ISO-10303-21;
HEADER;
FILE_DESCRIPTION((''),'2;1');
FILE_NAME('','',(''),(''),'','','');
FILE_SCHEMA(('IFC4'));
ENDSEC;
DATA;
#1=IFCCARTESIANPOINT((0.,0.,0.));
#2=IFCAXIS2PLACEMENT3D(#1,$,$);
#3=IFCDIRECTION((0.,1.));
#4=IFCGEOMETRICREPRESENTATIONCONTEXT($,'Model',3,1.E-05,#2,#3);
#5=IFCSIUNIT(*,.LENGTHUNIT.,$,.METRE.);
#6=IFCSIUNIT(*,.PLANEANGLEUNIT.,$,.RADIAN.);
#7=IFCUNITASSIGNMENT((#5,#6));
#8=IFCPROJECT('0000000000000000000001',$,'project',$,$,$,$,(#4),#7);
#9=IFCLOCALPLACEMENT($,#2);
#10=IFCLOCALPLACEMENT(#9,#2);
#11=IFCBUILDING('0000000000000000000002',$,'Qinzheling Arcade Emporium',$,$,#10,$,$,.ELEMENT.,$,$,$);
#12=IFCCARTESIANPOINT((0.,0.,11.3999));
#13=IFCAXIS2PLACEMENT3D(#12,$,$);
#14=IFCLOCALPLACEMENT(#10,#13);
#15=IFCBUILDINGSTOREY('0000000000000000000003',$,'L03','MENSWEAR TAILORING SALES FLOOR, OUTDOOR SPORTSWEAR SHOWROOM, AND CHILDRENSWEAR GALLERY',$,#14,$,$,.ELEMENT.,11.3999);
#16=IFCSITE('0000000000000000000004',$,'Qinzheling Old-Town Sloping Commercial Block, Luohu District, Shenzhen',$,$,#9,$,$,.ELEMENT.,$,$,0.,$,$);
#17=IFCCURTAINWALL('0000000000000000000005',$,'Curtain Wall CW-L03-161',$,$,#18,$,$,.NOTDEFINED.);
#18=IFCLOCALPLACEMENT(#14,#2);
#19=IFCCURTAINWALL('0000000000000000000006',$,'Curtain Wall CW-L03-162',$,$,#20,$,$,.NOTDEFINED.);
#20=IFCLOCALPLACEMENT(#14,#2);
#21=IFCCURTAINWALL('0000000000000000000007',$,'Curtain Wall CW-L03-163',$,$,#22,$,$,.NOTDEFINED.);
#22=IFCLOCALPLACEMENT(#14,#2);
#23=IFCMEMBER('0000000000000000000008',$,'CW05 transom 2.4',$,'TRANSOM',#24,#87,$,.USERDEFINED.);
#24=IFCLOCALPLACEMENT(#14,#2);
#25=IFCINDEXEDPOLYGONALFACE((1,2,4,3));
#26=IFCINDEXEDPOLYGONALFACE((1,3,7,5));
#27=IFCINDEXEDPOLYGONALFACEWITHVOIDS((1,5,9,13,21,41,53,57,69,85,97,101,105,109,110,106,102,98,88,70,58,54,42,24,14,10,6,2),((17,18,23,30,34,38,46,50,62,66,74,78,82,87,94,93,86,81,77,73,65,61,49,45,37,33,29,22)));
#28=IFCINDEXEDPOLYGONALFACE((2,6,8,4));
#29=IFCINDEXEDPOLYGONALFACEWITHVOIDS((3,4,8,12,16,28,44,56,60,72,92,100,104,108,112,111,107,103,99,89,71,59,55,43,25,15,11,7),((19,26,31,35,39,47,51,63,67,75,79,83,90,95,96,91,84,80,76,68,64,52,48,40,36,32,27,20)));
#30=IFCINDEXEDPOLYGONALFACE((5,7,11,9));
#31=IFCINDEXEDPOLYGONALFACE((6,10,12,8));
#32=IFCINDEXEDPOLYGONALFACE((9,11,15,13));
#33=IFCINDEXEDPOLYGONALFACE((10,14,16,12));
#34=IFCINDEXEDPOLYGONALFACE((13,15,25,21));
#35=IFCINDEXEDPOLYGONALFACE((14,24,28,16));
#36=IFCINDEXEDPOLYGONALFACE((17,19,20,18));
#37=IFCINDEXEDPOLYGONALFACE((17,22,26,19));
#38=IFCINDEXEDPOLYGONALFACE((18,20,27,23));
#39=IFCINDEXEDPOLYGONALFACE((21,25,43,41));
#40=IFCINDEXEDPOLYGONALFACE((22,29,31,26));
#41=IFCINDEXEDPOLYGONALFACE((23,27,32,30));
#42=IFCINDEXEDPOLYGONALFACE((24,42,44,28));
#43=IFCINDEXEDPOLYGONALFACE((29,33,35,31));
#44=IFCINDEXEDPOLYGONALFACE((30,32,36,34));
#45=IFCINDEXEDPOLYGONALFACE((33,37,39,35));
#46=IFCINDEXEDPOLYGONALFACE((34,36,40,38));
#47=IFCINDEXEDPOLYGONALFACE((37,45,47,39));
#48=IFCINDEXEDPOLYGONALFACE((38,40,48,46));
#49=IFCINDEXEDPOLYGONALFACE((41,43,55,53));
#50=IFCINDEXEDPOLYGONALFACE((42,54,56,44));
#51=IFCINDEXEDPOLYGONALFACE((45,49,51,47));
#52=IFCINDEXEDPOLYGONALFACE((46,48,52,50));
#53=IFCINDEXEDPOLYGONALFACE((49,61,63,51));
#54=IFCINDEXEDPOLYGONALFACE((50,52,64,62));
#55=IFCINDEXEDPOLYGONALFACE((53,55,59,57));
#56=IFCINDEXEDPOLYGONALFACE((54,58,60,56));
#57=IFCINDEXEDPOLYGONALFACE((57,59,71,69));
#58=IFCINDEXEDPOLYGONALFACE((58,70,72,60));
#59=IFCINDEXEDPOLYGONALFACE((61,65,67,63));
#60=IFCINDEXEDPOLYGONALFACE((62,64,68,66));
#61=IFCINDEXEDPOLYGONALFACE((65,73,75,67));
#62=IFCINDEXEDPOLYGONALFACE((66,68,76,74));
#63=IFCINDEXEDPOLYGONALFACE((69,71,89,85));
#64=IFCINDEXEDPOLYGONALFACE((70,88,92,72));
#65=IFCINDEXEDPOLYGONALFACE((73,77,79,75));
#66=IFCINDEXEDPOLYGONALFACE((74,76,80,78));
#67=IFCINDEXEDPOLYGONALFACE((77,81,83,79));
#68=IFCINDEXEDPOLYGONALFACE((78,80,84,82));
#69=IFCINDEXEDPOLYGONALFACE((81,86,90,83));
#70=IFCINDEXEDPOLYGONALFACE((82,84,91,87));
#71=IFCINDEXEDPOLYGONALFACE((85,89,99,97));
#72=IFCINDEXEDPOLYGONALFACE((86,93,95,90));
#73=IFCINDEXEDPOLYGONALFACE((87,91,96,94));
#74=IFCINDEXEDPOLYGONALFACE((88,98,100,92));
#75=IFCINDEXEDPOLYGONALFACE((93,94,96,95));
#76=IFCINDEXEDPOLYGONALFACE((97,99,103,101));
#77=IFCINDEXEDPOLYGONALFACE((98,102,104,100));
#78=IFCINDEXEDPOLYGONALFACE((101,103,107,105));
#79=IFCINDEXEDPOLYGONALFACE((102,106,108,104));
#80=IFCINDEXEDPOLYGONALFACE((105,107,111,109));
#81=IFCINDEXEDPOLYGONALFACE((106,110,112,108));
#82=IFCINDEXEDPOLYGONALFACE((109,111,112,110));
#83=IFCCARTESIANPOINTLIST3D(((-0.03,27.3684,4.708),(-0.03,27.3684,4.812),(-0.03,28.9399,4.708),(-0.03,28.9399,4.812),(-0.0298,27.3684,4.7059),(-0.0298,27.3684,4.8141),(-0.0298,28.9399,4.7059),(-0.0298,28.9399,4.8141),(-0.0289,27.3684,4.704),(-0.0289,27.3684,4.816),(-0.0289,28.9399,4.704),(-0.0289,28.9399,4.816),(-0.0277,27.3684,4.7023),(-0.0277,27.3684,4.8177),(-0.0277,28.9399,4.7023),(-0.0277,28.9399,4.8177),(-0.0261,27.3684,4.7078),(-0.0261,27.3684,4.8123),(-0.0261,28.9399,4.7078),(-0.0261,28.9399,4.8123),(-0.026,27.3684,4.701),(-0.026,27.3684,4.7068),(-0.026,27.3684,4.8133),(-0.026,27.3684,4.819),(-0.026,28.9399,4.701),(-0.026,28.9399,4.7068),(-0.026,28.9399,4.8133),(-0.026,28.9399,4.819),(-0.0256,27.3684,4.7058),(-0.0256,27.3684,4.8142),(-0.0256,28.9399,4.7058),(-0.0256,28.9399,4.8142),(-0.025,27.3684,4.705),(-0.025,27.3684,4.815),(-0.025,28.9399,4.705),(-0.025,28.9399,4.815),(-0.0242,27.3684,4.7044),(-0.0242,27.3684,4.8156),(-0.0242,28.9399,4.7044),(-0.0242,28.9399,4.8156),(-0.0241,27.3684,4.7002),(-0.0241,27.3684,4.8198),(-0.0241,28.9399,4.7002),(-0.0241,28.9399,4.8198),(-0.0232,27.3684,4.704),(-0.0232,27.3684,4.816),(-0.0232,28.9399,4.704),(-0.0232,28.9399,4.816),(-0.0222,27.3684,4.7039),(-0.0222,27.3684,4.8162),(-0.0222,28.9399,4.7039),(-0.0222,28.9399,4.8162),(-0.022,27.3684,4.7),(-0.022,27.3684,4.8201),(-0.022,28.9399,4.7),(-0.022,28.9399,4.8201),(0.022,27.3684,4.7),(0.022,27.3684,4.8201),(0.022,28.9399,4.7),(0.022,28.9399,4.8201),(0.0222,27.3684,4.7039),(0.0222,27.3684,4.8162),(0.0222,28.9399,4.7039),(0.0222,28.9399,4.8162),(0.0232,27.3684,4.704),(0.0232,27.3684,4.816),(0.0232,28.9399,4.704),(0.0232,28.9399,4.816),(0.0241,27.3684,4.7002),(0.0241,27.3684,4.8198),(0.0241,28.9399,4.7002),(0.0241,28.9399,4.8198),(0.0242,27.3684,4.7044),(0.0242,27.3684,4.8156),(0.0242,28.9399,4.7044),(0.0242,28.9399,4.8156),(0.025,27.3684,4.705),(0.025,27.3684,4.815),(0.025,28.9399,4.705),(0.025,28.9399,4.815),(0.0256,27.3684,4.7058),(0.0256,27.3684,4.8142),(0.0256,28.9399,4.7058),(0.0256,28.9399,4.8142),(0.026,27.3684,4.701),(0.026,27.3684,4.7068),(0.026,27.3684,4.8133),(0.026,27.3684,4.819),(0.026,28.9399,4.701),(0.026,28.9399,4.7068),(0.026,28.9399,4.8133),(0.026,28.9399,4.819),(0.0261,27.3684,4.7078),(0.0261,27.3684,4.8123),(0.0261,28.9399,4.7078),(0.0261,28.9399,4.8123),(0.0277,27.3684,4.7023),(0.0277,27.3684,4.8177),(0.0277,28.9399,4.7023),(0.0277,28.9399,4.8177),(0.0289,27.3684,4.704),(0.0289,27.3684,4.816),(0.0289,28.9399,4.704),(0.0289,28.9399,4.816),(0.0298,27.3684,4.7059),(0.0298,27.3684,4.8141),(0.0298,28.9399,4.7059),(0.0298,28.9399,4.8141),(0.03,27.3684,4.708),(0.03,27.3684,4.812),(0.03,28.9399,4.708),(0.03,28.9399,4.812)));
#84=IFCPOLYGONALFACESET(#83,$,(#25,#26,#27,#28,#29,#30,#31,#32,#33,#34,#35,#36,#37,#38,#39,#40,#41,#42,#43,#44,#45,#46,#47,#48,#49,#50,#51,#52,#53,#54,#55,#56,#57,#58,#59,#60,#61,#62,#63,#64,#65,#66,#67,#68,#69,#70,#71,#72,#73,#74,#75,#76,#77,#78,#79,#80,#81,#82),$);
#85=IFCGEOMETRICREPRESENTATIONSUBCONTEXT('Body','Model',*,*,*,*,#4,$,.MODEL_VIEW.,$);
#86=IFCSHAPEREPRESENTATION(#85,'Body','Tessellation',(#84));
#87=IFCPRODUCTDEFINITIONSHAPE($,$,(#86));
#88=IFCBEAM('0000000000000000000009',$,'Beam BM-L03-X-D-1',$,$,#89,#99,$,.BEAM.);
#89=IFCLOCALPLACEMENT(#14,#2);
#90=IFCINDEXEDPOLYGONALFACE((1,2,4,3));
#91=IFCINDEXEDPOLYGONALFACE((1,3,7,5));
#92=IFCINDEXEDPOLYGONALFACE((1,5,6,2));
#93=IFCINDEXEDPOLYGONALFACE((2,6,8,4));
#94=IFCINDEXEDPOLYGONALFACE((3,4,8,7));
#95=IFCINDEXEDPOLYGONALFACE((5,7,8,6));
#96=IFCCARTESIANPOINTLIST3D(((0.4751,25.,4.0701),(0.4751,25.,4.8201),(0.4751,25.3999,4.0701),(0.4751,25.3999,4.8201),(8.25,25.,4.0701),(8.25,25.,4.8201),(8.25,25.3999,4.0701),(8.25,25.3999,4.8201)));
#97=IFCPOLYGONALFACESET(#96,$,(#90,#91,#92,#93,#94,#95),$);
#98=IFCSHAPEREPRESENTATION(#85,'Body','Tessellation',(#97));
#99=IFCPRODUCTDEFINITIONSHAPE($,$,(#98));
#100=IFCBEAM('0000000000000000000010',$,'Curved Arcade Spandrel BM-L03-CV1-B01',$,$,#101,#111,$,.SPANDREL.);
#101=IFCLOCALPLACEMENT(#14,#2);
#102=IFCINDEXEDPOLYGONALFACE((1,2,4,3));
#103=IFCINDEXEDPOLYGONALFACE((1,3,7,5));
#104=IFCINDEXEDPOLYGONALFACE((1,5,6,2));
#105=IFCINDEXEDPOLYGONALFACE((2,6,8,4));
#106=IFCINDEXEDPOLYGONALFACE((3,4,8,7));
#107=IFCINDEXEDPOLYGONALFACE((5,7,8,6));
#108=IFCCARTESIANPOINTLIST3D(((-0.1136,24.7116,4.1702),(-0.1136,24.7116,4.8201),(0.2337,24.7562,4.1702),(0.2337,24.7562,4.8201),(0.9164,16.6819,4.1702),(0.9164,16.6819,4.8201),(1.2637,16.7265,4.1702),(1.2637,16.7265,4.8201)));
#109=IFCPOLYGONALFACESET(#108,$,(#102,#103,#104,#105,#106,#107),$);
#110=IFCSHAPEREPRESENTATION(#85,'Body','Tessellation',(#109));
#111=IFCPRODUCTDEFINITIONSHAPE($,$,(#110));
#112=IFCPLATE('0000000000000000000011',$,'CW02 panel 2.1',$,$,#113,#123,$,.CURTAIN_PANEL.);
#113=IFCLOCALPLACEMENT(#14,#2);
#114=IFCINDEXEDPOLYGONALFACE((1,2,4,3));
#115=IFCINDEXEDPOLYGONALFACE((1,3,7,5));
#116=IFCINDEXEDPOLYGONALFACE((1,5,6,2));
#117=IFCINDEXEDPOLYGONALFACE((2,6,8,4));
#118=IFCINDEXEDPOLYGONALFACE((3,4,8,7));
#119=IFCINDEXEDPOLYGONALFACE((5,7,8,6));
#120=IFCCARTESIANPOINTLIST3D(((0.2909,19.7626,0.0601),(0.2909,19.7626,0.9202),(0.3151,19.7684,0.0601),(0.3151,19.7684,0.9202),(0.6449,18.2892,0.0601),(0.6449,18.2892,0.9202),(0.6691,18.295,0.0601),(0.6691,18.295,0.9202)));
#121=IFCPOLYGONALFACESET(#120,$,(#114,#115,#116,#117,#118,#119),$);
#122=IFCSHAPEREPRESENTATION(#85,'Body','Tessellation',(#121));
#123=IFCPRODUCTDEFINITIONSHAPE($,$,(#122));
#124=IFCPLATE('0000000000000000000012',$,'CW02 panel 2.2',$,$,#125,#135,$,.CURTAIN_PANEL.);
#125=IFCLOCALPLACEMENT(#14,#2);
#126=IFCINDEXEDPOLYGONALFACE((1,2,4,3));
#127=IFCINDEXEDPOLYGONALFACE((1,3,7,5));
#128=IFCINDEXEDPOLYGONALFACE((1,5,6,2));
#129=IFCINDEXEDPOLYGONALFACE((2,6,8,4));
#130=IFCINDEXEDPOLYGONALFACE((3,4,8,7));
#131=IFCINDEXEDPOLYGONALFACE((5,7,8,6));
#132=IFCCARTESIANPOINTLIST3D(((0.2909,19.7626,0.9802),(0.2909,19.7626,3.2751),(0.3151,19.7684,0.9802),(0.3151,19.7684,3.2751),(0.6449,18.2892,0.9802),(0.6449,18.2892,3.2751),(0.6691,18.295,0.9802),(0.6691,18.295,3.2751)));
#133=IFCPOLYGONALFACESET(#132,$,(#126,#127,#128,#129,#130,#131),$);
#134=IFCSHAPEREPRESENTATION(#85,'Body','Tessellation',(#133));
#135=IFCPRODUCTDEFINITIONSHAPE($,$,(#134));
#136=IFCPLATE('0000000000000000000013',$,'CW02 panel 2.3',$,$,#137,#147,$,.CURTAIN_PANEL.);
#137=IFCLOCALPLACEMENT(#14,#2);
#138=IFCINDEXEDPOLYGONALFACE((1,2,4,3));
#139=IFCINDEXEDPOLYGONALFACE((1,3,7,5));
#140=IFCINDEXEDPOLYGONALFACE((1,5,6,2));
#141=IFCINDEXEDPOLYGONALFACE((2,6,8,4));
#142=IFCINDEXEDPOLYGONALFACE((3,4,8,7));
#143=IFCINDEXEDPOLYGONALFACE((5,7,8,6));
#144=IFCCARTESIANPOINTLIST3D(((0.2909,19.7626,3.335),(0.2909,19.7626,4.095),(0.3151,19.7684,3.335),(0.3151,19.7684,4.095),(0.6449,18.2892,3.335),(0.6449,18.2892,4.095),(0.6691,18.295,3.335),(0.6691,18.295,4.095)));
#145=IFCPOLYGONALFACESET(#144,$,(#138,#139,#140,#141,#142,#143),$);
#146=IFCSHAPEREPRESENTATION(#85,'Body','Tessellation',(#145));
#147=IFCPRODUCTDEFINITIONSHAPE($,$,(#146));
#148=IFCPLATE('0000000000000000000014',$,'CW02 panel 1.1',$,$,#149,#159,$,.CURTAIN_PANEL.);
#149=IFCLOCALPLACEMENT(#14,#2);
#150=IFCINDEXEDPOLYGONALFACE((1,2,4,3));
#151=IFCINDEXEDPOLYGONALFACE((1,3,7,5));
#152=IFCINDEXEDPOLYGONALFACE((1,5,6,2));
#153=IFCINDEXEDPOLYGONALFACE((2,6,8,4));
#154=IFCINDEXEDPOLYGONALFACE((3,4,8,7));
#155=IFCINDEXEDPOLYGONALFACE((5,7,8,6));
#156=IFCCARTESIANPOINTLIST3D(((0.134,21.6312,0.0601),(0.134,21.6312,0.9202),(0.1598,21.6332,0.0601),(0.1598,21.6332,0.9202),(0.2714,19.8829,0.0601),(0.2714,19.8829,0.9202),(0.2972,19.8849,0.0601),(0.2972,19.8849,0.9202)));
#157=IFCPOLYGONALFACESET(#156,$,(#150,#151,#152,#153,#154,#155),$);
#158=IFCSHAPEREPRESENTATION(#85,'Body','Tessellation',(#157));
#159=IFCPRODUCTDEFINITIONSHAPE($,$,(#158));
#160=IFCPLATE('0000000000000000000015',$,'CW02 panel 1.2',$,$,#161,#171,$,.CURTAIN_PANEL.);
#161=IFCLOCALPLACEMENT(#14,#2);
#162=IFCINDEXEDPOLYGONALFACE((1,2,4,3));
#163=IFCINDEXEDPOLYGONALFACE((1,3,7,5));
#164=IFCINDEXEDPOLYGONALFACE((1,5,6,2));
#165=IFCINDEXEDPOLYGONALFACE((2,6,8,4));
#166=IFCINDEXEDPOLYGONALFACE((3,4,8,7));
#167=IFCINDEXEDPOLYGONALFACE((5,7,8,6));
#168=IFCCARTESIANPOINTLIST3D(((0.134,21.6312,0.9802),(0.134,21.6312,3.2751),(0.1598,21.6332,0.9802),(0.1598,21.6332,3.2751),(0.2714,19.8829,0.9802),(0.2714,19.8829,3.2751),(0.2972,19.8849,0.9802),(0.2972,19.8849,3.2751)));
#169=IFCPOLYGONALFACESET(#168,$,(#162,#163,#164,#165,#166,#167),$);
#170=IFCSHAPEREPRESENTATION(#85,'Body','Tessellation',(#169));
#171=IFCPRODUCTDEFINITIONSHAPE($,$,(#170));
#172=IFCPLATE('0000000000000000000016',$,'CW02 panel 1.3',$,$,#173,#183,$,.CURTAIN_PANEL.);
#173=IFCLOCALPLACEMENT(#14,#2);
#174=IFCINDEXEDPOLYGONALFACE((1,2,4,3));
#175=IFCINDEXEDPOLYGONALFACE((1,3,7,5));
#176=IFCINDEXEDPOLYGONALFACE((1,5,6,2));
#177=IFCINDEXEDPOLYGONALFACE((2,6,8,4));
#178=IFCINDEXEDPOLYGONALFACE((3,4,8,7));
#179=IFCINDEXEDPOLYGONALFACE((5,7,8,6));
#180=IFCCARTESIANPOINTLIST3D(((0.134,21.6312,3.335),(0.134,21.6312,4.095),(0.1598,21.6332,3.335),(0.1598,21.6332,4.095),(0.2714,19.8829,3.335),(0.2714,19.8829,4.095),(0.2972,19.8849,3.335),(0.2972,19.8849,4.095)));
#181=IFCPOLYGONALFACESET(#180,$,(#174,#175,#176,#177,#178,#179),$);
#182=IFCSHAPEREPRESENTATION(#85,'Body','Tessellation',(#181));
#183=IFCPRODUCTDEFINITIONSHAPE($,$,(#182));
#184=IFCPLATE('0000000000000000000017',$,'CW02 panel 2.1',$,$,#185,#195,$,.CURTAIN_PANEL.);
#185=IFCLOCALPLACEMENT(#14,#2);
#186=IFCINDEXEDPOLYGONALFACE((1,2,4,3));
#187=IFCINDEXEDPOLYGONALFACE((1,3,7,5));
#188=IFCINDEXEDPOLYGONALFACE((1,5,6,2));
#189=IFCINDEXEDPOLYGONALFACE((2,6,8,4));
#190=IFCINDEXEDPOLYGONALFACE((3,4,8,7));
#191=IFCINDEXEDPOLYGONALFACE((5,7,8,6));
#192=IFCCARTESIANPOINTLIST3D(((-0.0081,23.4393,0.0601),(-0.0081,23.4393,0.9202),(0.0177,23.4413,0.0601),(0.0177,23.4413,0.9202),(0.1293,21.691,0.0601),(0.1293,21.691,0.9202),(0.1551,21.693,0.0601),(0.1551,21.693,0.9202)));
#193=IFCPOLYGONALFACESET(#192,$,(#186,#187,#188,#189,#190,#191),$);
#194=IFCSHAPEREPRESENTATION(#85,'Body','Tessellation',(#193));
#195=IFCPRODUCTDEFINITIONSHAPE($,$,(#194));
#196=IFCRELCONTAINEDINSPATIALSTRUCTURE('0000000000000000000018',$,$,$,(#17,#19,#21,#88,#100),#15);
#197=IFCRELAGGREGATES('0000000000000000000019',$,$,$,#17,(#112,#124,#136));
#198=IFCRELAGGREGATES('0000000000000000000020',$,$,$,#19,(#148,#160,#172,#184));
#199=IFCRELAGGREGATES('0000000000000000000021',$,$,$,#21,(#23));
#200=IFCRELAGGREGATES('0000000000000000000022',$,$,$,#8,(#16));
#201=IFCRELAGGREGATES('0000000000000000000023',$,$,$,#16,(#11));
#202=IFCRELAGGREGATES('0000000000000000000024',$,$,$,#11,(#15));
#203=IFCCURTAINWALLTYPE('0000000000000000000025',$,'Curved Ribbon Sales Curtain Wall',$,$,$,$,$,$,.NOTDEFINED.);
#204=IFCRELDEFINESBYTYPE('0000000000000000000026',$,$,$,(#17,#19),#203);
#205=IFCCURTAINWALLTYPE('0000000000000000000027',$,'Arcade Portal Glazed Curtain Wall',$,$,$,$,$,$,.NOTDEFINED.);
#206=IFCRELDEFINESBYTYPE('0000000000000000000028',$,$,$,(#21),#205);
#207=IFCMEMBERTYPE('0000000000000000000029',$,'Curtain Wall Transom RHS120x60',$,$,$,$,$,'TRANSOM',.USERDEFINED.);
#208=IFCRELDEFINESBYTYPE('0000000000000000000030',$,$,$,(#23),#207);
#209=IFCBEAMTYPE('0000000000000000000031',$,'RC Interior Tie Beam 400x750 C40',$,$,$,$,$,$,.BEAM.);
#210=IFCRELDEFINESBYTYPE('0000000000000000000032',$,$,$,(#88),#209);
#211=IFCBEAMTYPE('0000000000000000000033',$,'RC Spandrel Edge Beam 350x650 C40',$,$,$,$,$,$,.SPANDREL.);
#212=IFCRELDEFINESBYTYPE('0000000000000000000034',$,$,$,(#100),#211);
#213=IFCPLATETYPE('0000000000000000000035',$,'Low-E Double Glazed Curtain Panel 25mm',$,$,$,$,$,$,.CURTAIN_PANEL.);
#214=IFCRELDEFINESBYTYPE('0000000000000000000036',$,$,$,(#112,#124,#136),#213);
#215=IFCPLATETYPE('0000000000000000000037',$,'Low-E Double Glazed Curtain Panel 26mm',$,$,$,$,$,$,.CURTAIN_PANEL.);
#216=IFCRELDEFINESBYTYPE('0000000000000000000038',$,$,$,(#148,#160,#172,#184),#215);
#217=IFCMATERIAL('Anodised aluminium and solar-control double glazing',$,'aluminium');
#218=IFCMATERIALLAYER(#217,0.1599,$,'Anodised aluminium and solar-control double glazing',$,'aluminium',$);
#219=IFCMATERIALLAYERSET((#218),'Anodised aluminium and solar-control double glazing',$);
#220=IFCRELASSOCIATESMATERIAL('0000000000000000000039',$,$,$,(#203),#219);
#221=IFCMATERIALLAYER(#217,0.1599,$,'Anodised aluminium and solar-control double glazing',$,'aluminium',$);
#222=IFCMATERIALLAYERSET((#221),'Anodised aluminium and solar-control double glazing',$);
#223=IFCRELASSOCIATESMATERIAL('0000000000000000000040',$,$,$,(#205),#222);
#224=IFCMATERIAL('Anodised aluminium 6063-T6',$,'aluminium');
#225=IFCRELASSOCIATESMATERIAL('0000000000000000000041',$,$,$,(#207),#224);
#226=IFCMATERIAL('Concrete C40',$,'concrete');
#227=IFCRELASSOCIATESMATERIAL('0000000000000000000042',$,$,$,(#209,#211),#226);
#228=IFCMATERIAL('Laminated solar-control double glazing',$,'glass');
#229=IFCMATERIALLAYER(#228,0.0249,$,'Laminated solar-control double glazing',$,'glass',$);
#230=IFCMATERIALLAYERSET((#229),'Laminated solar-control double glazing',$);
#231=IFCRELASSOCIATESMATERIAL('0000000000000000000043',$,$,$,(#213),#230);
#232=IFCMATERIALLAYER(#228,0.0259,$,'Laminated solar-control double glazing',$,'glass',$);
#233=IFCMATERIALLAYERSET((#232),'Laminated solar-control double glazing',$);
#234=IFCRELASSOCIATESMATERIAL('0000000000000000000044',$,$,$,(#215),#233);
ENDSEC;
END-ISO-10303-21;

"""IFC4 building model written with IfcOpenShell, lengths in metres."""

from ifc_helpers import new_model, si_unit, direction, frame, origin, origin_2d, place, context, subcontext, project, spatial, rectangle, hollow_rectangle, extrude, material, layer, layer_set, material_profile, profile_set, type_object, element, aggregate, save


model = new_model("IFC4")

# Units and contexts
model_context = context("Model", 3, precision=1e-05, world=origin(), true_north=direction((0.0, 1.0)))
body_context = subcontext(model_context, "Body", "Model", "MODEL_VIEW")
ifc_project = project(units=[si_unit("LENGTHUNIT", "METRE"), si_unit("PLANEANGLEUNIT", "RADIAN")], contexts=[model_context])

# Site, building, storey
site_placement = place(None, origin())
site = spatial("IfcSite", under=ifc_project, at=site_placement, Name="Qinzheling Old-Town Sloping Commercial Block, Luohu District, Shenzhen", CompositionType="ELEMENT", RefElevation=0.0)
building_placement = place(site_placement, origin())
building = spatial("IfcBuilding", under=site, at=building_placement, Name="Qinzheling Arcade Emporium", CompositionType="ELEMENT")
storey_placement = place(building_placement, frame((0.0, 0.0, 11.3999)))
storey = spatial("IfcBuildingStorey", under=building, at=storey_placement, Name="L03", Description="MENSWEAR TAILORING SALES FLOOR, OUTDOOR SPORTSWEAR SHOWROOM, AND CHILDRENSWEAR GALLERY", CompositionType="ELEMENT", Elevation=11.3999)

# Curtain wall
ifc_material_1 = material(Name="Anodised aluminium and solar-control double glazing", Category="aluminium")
ifc_layer_1 = layer(ifc_material_1, 0.1599, Name="Anodised aluminium and solar-control double glazing", Category="aluminium")
ifc_layer_set_1 = layer_set([ifc_layer_1], Name="Anodised aluminium and solar-control double glazing")
curtain_wall_type_1 = type_object("IfcCurtainWallType", Name="Curved Ribbon Sales Curtain Wall", PredefinedType="NOTDEFINED", material=ifc_layer_set_1)
curtain_wall_1_placement = place(storey_placement, origin())
curtain_wall_1 = element("IfcCurtainWall", 1, at=curtain_wall_1_placement, inside=storey, type_object=curtain_wall_type_1, Name="Curtain Wall CW-L03-161", PredefinedType="NOTDEFINED")
ifc_material_2 = material(Name="Anodised aluminium 6063-T6", Category="aluminium")

# Curtain walls
curtain_wall_2_placement = place(storey_placement, origin())
curtain_wall_2 = element("IfcCurtainWall", 2, at=curtain_wall_2_placement, inside=storey, type_object=curtain_wall_type_1, Name="Curtain Wall CW-L03-162", PredefinedType="NOTDEFINED")
ifc_layer_2 = layer(ifc_material_1, 0.1599, Name="Anodised aluminium and solar-control double glazing", Category="aluminium")
ifc_layer_set_2 = layer_set([ifc_layer_2], Name="Anodised aluminium and solar-control double glazing")
curtain_wall_type_2 = type_object("IfcCurtainWallType", Name="Arcade Portal Glazed Curtain Wall", PredefinedType="NOTDEFINED", material=ifc_layer_set_2)
curtain_wall_3_placement = place(storey_placement, origin())
curtain_wall_3 = element("IfcCurtainWall", 3, at=curtain_wall_3_placement, inside=storey, type_object=curtain_wall_type_2, Name="Curtain Wall CW-L03-163", PredefinedType="NOTDEFINED")

# Member
ifc_material_profile_1 = material_profile(ifc_material_2, hollow_rectangle(XDim=0.0601, YDim=0.1201, WallThickness=0.0039, InnerFilletRadius=0.0039, OuterFilletRadius=0.0081, at=origin_2d()), Name="RHS 120x60x4", Category="aluminium")
ifc_profile_set_1 = profile_set([ifc_material_profile_1], Name="Anodised aluminium 6063-T6")
member_type_1 = type_object("IfcMemberType", Name="Curtain Wall Transom RHS120x60", ElementType="TRANSOM", PredefinedType="USERDEFINED", material=ifc_profile_set_1)
member_1_placement = place(storey_placement, frame((0.0, 27.3684, 4.76), z_axis=(0.0, 1.0, 0.0), x_axis=(-1.0, 0.0, 0.0)))
member_1 = element("IfcMember", 4, at=member_1_placement, type_object=member_type_1, Name="CW05 transom 2.4", ObjectType="TRANSOM", PredefinedType="USERDEFINED", context=body_context, shape_type="SweptSolid", body=[
    extrude(hollow_rectangle(XDim=0.0601, YDim=0.1201, WallThickness=0.0039, InnerFilletRadius=0.0039, OuterFilletRadius=0.0081, at=origin_2d()), origin(), (0.0, 0.0, 1.0), 1.5715),
])

# Beams
ifc_material_3 = material(Name="Concrete C40", Category="concrete")
ifc_material_profile_2 = material_profile(ifc_material_3, rectangle(XDim=0.3999, YDim=0.75, at=origin_2d()), Name="RC 400x750", Category="concrete")
ifc_profile_set_2 = profile_set([ifc_material_profile_2], Name="Concrete C40")
beam_type_1 = type_object("IfcBeamType", Name="RC Interior Tie Beam 400x750 C40", PredefinedType="BEAM", material=ifc_profile_set_2)
beam_1_placement = place(storey_placement, frame((0.4751, 25.2, 4.4451), z_axis=(1.0, 0.0, 0.0), x_axis=(0.0, 1.0, 0.0)))
element("IfcBeam", 5, at=beam_1_placement, inside=storey, type_object=beam_type_1, Name="Beam BM-L03-X-D-1", PredefinedType="BEAM", context=body_context, shape_type="SweptSolid", body=[
    extrude(rectangle(XDim=0.3999, YDim=0.75, at=origin_2d()), origin(), (0.0, 0.0, 1.0), 7.7749),
])
ifc_material_profile_3 = material_profile(ifc_material_3, rectangle(XDim=0.3501, YDim=0.6499, at=origin_2d()), Name="RC 350x650", Category="concrete")
ifc_profile_set_3 = profile_set([ifc_material_profile_3], Name="Concrete C40")
beam_type_2 = type_object("IfcBeamType", Name="RC Spandrel Edge Beam 350x650 C40", PredefinedType="SPANDREL", material=ifc_profile_set_3)
beam_2_placement = place(storey_placement, frame((0.0601, 24.7339, 4.4951), z_axis=(0.127234, -0.991873, 0.0), x_axis=(0.991873, 0.127234, 0.0)))
element("IfcBeam", 6, at=beam_2_placement, inside=storey, type_object=beam_type_2, Name="Curved Arcade Spandrel BM-L03-CV1-B01", PredefinedType="SPANDREL", context=body_context, shape_type="SweptSolid", body=[
    extrude(rectangle(XDim=0.3501, YDim=0.6499, at=origin_2d()), origin(), (0.0, 0.0, 1.0), 8.0955),
])

# Plates
ifc_material_4 = material(Name="Laminated solar-control double glazing", Category="glass")
ifc_layer_3 = layer(ifc_material_4, 0.0249, Name="Laminated solar-control double glazing", Category="glass")
ifc_layer_set_3 = layer_set([ifc_layer_3], Name="Laminated solar-control double glazing")
plate_type_1 = type_object("IfcPlateType", Name="Low-E Double Glazed Curtain Panel 25mm", PredefinedType="CURTAIN_PANEL", material=ifc_layer_set_3)
plate_1_placement = place(storey_placement, frame((0.48, 19.0288, 0.0601), z_axis=(0.0, 0.0, 1.0), x_axis=(-0.233585, 0.972336, 0.0)))
plate_1 = element("IfcPlate", 7, at=plate_1_placement, type_object=plate_type_1, Name="CW02 panel 2.1", PredefinedType="CURTAIN_PANEL", context=body_context, shape_type="SweptSolid", body=[
    extrude(rectangle(XDim=1.5154, YDim=0.0249, at=origin_2d()), origin(), (0.0, 0.0, 1.0), 0.8601),
])
plate_2_placement = place(storey_placement, frame((0.48, 19.0288, 0.9802), z_axis=(0.0, 0.0, 1.0), x_axis=(-0.233585, 0.972336, 0.0)))
plate_2 = element("IfcPlate", 8, at=plate_2_placement, type_object=plate_type_1, Name="CW02 panel 2.2", PredefinedType="CURTAIN_PANEL", context=body_context, shape_type="SweptSolid", body=[
    extrude(rectangle(XDim=1.5154, YDim=0.0249, at=origin_2d()), origin(), (0.0, 0.0, 1.0), 2.2949),
])
plate_3_placement = place(storey_placement, frame((0.48, 19.0288, 3.335), z_axis=(0.0, 0.0, 1.0), x_axis=(-0.233585, 0.972336, 0.0)))
plate_3 = element("IfcPlate", 9, at=plate_3_placement, type_object=plate_type_1, Name="CW02 panel 2.3", PredefinedType="CURTAIN_PANEL", context=body_context, shape_type="SweptSolid", body=[
    extrude(rectangle(XDim=1.5154, YDim=0.0249, at=origin_2d()), origin(), (0.0, 0.0, 1.0), 0.76),
])
aggregate(curtain_wall_1, [plate_1, plate_2, plate_3])
ifc_layer_4 = layer(ifc_material_4, 0.0259, Name="Laminated solar-control double glazing", Category="glass")
ifc_layer_set_4 = layer_set([ifc_layer_4], Name="Laminated solar-control double glazing")
plate_type_2 = type_object("IfcPlateType", Name="Low-E Double Glazed Curtain Panel 26mm", PredefinedType="CURTAIN_PANEL", material=ifc_layer_set_4)
plate_4_placement = place(storey_placement, frame((0.2156, 20.7581, 0.0601), z_axis=(0.0, 0.0, 1.0), x_axis=(-0.078376, 0.996924, 0.0)))
plate_4 = element("IfcPlate", 10, at=plate_4_placement, type_object=plate_type_2, Name="CW02 panel 1.1", PredefinedType="CURTAIN_PANEL", context=body_context, shape_type="SweptSolid", body=[
    extrude(rectangle(XDim=1.7537, YDim=0.0259, at=origin_2d()), origin(), (0.0, 0.0, 1.0), 0.8601),
])
plate_5_placement = place(storey_placement, frame((0.2156, 20.7581, 0.9802), z_axis=(0.0, 0.0, 1.0), x_axis=(-0.078376, 0.996924, 0.0)))
plate_5 = element("IfcPlate", 11, at=plate_5_placement, type_object=plate_type_2, Name="CW02 panel 1.2", PredefinedType="CURTAIN_PANEL", context=body_context, shape_type="SweptSolid", body=[
    extrude(rectangle(XDim=1.7537, YDim=0.0259, at=origin_2d()), origin(), (0.0, 0.0, 1.0), 2.2949),
])
plate_6_placement = place(storey_placement, frame((0.2156, 20.7581, 3.335), z_axis=(0.0, 0.0, 1.0), x_axis=(-0.078376, 0.996924, 0.0)))
plate_6 = element("IfcPlate", 12, at=plate_6_placement, type_object=plate_type_2, Name="CW02 panel 1.3", PredefinedType="CURTAIN_PANEL", context=body_context, shape_type="SweptSolid", body=[
    extrude(rectangle(XDim=1.7537, YDim=0.0259, at=origin_2d()), origin(), (0.0, 0.0, 1.0), 0.76),
])
plate_7_placement = place(storey_placement, frame((0.0735, 22.5662, 0.0601), z_axis=(0.0, 0.0, 1.0), x_axis=(-0.078376, 0.996924, 0.0)))
plate_7 = element("IfcPlate", 13, at=plate_7_placement, type_object=plate_type_2, Name="CW02 panel 2.1", PredefinedType="CURTAIN_PANEL", context=body_context, shape_type="SweptSolid", body=[
    extrude(rectangle(XDim=1.7537, YDim=0.0259, at=origin_2d()), origin(), (0.0, 0.0, 1.0), 0.8601),
])
aggregate(curtain_wall_2, [plate_4, plate_5, plate_6, plate_7])
aggregate(curtain_wall_3, [member_1])

save(model, "model.ifc")
